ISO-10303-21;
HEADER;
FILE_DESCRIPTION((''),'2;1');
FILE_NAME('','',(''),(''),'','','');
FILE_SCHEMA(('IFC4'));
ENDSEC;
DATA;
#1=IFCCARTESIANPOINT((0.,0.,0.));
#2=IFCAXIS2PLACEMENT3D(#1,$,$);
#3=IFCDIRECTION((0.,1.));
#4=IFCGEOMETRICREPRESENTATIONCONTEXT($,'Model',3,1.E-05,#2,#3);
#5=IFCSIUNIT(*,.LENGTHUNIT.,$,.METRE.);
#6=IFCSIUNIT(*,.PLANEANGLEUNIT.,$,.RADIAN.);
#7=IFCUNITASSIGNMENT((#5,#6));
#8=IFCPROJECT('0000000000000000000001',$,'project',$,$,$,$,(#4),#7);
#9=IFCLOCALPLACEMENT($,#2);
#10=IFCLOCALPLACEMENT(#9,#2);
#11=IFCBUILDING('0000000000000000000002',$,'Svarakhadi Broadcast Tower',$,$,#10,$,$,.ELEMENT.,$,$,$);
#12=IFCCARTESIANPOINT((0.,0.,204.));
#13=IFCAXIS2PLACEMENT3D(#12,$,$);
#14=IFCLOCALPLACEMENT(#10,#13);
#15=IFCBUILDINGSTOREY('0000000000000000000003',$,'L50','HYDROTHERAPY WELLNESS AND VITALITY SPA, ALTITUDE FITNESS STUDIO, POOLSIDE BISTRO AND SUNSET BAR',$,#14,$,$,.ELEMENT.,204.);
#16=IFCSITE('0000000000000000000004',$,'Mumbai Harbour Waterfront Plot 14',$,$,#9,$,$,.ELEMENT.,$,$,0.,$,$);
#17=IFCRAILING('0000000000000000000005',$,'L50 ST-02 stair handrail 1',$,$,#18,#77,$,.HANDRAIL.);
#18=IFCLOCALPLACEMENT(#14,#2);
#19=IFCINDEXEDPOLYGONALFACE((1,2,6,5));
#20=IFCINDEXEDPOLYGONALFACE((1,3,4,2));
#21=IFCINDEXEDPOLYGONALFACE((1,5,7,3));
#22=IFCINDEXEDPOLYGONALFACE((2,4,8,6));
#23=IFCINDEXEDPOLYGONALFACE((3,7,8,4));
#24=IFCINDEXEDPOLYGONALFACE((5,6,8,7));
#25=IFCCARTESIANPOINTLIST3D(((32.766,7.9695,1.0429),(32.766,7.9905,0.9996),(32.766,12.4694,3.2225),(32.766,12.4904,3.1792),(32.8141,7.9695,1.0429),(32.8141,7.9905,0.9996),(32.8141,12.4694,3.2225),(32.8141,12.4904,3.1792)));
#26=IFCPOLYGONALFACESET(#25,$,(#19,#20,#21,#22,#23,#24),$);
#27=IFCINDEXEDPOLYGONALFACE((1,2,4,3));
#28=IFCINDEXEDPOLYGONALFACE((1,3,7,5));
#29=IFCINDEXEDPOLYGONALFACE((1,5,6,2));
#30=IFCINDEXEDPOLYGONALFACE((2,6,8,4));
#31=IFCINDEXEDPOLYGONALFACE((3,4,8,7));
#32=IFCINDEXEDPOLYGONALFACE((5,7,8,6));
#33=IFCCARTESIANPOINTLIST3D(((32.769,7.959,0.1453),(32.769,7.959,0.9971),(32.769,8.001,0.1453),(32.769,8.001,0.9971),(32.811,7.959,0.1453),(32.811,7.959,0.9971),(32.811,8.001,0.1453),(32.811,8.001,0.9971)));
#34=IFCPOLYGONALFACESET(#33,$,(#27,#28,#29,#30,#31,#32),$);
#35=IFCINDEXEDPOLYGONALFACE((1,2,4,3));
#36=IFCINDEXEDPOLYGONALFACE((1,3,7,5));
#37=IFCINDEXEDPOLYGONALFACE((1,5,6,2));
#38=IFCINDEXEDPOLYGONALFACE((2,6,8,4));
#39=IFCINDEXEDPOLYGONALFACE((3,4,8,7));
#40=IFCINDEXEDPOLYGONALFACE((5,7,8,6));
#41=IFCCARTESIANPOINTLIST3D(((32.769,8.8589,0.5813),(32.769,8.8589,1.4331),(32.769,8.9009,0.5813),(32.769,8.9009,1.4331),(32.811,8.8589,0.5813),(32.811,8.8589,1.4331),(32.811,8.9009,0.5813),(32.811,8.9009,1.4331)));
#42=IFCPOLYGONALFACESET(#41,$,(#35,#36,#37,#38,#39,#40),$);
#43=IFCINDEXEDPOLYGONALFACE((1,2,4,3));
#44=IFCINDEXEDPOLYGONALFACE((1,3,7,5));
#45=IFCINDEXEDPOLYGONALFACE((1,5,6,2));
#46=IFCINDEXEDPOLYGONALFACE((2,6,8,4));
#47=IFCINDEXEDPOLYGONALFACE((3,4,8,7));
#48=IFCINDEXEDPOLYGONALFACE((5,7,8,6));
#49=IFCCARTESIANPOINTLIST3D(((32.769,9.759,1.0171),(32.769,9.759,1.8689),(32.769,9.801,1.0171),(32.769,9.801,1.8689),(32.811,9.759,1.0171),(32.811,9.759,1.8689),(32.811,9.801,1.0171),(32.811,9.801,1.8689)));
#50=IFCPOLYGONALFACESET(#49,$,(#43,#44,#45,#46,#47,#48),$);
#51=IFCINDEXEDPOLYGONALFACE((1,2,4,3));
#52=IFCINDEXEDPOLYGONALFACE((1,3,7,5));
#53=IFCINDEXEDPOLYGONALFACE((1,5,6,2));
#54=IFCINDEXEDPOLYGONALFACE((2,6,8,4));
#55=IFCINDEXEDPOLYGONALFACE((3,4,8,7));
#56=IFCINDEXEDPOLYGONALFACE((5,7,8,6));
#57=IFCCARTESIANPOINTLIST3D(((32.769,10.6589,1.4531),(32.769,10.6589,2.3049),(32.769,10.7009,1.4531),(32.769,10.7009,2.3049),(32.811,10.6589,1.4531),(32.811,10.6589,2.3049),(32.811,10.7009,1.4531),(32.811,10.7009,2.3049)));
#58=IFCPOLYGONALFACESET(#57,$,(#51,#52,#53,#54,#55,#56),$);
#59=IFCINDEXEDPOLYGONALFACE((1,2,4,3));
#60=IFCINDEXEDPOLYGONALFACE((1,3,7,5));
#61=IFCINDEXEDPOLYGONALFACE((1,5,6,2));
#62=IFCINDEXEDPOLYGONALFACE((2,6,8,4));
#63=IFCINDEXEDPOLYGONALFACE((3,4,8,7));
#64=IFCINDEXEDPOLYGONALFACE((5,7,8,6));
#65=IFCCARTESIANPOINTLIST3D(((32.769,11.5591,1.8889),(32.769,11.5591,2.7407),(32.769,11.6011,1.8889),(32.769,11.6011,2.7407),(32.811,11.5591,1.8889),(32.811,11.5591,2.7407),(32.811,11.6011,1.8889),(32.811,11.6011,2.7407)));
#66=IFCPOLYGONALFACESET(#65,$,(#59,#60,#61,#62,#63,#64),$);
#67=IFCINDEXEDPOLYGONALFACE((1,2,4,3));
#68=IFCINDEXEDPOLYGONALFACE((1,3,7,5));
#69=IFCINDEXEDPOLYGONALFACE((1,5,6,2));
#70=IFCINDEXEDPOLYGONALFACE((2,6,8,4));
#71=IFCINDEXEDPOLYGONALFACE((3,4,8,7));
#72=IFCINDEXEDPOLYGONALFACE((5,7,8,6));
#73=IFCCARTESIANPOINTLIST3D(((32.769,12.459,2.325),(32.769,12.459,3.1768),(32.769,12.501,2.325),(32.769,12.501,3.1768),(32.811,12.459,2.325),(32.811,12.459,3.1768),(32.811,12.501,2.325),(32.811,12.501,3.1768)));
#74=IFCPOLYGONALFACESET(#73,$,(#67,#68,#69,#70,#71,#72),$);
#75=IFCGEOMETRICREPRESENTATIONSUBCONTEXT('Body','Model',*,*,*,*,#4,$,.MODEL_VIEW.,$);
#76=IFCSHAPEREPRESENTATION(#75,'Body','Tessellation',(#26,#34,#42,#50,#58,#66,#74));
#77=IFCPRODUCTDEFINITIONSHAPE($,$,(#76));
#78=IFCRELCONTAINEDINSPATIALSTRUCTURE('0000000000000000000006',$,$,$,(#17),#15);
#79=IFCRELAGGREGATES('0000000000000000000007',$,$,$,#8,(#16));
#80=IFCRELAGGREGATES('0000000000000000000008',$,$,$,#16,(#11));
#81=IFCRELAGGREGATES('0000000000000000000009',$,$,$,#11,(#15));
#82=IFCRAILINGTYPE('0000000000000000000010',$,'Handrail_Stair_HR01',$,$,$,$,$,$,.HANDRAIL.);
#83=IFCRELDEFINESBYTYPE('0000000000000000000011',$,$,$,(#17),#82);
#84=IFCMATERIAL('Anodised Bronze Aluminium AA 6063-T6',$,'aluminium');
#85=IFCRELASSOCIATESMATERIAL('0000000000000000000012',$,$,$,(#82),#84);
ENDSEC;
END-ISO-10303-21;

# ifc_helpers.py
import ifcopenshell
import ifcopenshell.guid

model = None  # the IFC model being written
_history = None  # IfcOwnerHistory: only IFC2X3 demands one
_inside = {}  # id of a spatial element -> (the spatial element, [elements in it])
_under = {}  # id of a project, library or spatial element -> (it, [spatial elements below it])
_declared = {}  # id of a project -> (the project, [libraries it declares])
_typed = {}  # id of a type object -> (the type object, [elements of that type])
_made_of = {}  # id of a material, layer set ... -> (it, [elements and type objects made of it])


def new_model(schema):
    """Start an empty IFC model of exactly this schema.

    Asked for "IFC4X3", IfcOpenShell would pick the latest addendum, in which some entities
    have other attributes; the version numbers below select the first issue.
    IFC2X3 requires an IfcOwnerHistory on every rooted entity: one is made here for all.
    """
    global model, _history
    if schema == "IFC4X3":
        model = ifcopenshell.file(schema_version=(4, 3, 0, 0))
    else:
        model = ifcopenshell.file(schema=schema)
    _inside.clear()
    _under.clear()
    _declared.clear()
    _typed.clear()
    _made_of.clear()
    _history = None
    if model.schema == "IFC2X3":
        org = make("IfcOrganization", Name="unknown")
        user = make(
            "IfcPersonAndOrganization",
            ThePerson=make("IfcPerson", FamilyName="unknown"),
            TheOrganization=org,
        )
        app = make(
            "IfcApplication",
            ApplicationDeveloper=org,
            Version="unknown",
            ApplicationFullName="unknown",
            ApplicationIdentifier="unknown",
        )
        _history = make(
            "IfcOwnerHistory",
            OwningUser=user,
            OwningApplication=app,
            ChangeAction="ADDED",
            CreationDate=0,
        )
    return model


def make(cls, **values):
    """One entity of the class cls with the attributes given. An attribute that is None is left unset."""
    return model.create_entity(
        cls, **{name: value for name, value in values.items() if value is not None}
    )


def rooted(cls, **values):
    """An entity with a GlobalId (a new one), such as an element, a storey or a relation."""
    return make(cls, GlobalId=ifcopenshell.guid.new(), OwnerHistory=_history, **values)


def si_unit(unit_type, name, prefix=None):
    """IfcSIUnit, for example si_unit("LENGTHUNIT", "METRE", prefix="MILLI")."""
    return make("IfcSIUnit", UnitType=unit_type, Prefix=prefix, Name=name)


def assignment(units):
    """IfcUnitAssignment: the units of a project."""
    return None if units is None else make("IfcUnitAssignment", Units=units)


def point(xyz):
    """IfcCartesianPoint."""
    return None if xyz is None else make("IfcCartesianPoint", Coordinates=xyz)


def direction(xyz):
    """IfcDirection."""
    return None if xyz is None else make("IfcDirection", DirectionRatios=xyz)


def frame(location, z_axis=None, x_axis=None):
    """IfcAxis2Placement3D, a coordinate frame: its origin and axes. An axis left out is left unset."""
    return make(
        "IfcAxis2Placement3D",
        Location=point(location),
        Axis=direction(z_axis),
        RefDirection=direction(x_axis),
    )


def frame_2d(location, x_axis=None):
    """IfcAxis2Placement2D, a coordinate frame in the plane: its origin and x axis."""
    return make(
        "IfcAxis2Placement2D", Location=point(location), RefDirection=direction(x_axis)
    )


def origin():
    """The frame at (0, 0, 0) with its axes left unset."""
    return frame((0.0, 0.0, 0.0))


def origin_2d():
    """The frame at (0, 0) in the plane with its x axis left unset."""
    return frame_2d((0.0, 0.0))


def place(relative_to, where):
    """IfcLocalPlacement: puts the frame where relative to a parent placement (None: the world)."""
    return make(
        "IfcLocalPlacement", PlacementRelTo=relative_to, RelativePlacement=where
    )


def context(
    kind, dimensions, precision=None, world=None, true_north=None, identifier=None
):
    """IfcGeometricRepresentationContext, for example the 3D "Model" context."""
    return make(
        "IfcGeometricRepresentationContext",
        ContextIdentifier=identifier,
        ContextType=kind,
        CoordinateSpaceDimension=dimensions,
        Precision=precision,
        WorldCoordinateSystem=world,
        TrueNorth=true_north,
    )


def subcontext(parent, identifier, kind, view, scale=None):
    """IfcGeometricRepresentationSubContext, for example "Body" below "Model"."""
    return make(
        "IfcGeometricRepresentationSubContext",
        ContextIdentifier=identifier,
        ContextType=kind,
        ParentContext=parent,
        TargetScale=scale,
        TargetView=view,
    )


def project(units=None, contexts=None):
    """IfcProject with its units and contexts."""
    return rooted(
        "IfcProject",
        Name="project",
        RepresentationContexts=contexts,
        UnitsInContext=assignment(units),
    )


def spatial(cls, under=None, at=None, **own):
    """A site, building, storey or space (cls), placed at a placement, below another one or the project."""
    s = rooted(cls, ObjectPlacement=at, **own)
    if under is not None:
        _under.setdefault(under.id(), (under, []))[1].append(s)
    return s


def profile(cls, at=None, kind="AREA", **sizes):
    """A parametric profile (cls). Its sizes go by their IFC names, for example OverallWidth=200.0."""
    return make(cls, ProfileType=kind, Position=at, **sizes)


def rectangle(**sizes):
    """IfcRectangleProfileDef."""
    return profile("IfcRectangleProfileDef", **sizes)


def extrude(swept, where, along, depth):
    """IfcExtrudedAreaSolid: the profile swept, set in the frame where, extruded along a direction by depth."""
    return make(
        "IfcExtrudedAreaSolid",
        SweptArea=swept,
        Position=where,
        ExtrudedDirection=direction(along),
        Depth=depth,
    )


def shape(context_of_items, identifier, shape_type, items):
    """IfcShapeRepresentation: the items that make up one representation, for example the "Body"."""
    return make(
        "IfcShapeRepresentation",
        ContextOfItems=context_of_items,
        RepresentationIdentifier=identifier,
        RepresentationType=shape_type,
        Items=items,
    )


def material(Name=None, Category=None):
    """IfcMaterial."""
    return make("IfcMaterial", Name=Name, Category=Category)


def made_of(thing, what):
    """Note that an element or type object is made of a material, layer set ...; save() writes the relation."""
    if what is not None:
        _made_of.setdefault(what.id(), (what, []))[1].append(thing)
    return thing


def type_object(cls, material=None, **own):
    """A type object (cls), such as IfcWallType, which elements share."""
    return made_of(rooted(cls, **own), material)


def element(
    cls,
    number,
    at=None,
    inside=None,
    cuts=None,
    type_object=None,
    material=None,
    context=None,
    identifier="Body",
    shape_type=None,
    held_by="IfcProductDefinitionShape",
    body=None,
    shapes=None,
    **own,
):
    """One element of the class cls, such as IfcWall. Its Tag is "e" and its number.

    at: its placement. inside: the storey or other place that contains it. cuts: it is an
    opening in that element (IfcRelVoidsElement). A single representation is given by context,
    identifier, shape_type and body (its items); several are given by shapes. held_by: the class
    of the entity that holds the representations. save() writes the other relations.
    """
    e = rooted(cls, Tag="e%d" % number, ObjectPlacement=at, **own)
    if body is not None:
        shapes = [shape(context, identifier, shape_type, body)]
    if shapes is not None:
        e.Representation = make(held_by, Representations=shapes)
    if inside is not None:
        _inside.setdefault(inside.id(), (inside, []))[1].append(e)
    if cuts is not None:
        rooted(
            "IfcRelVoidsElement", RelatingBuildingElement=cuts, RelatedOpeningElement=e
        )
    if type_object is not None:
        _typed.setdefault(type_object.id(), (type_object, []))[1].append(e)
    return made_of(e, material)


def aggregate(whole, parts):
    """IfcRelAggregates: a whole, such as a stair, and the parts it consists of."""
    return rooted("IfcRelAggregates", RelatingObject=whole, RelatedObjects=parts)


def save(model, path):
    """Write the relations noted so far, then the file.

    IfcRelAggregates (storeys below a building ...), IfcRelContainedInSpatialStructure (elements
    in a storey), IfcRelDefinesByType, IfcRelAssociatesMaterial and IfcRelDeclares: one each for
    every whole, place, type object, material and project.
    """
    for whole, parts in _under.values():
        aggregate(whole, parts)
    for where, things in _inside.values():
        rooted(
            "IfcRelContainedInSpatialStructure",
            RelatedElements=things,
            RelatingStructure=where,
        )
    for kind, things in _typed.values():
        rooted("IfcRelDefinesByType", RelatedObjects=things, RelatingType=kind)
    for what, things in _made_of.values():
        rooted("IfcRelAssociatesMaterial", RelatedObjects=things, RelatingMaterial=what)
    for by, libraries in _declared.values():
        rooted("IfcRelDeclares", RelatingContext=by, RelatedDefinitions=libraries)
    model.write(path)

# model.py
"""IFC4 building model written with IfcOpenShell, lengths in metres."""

from ifc_helpers import new_model, si_unit, direction, frame, origin, origin_2d, place, context, subcontext, project, spatial, rectangle, extrude, material, type_object, element, save


model = new_model("IFC4")

# Units and contexts
model_context = context("Model", 3, precision=1e-05, world=origin(), true_north=direction((0.0, 1.0)))
body_context = subcontext(model_context, "Body", "Model", "MODEL_VIEW")
ifc_project = project(units=[si_unit("LENGTHUNIT", "METRE"), si_unit("PLANEANGLEUNIT", "RADIAN")], contexts=[model_context])

# Site, building, storey
site_placement = place(None, origin())
site = spatial("IfcSite", under=ifc_project, at=site_placement, Name="Mumbai Harbour Waterfront Plot 14", CompositionType="ELEMENT", RefElevation=0.0)
building_placement = place(site_placement, origin())
building = spatial("IfcBuilding", under=site, at=building_placement, Name="Svarakhadi Broadcast Tower", CompositionType="ELEMENT")
storey_placement = place(building_placement, frame((0.0, 0.0, 204.0)))
storey = spatial("IfcBuildingStorey", under=building, at=storey_placement, Name="L50", Description="HYDROTHERAPY WELLNESS AND VITALITY SPA, ALTITUDE FITNESS STUDIO, POOLSIDE BISTRO AND SUNSET BAR", CompositionType="ELEMENT", Elevation=204.0)

# Shared definitions
ifc_material_1 = material(Name="Anodised Bronze Aluminium AA 6063-T6", Category="aluminium")

# Railing
railing_type_1 = type_object("IfcRailingType", Name="Handrail_Stair_HR01", PredefinedType="HANDRAIL", material=ifc_material_1)
railing_1_placement = place(storey_placement, frame((32.79, 7.98, 0.1453)))
element("IfcRailing", 1, at=railing_1_placement, inside=storey, type_object=railing_type_1, Name="L50 ST-02 stair handrail 1", PredefinedType="HANDRAIL", context=body_context, shape_type="SweptSolid", body=[
    extrude(rectangle(XDim=0.0481, YDim=0.0481, at=origin_2d()), frame((0.0, 0.0, 0.876), z_axis=(0.0, 0.899981, 0.435928), x_axis=(-1.0, 0.0, 0.0)), (0.0, 0.0, 1.0), 5.0),
    extrude(rectangle(XDim=0.042, YDim=0.042, at=origin_2d()), origin(), (0.0, 0.0, 1.0), 0.8518),
    extrude(rectangle(XDim=0.042, YDim=0.042, at=origin_2d()), frame((0.0, 0.8999, 0.436)), (0.0, 0.0, 1.0), 0.8518),
    extrude(rectangle(XDim=0.042, YDim=0.042, at=origin_2d()), frame((0.0, 1.8, 0.8718)), (0.0, 0.0, 1.0), 0.8518),
    extrude(rectangle(XDim=0.042, YDim=0.042, at=origin_2d()), frame((0.0, 2.7, 1.3079)), (0.0, 0.0, 1.0), 0.8518),
    extrude(rectangle(XDim=0.042, YDim=0.042, at=origin_2d()), frame((0.0, 3.6001, 1.7437)), (0.0, 0.0, 1.0), 0.8518),
    extrude(rectangle(XDim=0.042, YDim=0.042, at=origin_2d()), frame((0.0, 4.5, 2.1797)), (0.0, 0.0, 1.0), 0.8518),
])

save(model, "model.ifc")
